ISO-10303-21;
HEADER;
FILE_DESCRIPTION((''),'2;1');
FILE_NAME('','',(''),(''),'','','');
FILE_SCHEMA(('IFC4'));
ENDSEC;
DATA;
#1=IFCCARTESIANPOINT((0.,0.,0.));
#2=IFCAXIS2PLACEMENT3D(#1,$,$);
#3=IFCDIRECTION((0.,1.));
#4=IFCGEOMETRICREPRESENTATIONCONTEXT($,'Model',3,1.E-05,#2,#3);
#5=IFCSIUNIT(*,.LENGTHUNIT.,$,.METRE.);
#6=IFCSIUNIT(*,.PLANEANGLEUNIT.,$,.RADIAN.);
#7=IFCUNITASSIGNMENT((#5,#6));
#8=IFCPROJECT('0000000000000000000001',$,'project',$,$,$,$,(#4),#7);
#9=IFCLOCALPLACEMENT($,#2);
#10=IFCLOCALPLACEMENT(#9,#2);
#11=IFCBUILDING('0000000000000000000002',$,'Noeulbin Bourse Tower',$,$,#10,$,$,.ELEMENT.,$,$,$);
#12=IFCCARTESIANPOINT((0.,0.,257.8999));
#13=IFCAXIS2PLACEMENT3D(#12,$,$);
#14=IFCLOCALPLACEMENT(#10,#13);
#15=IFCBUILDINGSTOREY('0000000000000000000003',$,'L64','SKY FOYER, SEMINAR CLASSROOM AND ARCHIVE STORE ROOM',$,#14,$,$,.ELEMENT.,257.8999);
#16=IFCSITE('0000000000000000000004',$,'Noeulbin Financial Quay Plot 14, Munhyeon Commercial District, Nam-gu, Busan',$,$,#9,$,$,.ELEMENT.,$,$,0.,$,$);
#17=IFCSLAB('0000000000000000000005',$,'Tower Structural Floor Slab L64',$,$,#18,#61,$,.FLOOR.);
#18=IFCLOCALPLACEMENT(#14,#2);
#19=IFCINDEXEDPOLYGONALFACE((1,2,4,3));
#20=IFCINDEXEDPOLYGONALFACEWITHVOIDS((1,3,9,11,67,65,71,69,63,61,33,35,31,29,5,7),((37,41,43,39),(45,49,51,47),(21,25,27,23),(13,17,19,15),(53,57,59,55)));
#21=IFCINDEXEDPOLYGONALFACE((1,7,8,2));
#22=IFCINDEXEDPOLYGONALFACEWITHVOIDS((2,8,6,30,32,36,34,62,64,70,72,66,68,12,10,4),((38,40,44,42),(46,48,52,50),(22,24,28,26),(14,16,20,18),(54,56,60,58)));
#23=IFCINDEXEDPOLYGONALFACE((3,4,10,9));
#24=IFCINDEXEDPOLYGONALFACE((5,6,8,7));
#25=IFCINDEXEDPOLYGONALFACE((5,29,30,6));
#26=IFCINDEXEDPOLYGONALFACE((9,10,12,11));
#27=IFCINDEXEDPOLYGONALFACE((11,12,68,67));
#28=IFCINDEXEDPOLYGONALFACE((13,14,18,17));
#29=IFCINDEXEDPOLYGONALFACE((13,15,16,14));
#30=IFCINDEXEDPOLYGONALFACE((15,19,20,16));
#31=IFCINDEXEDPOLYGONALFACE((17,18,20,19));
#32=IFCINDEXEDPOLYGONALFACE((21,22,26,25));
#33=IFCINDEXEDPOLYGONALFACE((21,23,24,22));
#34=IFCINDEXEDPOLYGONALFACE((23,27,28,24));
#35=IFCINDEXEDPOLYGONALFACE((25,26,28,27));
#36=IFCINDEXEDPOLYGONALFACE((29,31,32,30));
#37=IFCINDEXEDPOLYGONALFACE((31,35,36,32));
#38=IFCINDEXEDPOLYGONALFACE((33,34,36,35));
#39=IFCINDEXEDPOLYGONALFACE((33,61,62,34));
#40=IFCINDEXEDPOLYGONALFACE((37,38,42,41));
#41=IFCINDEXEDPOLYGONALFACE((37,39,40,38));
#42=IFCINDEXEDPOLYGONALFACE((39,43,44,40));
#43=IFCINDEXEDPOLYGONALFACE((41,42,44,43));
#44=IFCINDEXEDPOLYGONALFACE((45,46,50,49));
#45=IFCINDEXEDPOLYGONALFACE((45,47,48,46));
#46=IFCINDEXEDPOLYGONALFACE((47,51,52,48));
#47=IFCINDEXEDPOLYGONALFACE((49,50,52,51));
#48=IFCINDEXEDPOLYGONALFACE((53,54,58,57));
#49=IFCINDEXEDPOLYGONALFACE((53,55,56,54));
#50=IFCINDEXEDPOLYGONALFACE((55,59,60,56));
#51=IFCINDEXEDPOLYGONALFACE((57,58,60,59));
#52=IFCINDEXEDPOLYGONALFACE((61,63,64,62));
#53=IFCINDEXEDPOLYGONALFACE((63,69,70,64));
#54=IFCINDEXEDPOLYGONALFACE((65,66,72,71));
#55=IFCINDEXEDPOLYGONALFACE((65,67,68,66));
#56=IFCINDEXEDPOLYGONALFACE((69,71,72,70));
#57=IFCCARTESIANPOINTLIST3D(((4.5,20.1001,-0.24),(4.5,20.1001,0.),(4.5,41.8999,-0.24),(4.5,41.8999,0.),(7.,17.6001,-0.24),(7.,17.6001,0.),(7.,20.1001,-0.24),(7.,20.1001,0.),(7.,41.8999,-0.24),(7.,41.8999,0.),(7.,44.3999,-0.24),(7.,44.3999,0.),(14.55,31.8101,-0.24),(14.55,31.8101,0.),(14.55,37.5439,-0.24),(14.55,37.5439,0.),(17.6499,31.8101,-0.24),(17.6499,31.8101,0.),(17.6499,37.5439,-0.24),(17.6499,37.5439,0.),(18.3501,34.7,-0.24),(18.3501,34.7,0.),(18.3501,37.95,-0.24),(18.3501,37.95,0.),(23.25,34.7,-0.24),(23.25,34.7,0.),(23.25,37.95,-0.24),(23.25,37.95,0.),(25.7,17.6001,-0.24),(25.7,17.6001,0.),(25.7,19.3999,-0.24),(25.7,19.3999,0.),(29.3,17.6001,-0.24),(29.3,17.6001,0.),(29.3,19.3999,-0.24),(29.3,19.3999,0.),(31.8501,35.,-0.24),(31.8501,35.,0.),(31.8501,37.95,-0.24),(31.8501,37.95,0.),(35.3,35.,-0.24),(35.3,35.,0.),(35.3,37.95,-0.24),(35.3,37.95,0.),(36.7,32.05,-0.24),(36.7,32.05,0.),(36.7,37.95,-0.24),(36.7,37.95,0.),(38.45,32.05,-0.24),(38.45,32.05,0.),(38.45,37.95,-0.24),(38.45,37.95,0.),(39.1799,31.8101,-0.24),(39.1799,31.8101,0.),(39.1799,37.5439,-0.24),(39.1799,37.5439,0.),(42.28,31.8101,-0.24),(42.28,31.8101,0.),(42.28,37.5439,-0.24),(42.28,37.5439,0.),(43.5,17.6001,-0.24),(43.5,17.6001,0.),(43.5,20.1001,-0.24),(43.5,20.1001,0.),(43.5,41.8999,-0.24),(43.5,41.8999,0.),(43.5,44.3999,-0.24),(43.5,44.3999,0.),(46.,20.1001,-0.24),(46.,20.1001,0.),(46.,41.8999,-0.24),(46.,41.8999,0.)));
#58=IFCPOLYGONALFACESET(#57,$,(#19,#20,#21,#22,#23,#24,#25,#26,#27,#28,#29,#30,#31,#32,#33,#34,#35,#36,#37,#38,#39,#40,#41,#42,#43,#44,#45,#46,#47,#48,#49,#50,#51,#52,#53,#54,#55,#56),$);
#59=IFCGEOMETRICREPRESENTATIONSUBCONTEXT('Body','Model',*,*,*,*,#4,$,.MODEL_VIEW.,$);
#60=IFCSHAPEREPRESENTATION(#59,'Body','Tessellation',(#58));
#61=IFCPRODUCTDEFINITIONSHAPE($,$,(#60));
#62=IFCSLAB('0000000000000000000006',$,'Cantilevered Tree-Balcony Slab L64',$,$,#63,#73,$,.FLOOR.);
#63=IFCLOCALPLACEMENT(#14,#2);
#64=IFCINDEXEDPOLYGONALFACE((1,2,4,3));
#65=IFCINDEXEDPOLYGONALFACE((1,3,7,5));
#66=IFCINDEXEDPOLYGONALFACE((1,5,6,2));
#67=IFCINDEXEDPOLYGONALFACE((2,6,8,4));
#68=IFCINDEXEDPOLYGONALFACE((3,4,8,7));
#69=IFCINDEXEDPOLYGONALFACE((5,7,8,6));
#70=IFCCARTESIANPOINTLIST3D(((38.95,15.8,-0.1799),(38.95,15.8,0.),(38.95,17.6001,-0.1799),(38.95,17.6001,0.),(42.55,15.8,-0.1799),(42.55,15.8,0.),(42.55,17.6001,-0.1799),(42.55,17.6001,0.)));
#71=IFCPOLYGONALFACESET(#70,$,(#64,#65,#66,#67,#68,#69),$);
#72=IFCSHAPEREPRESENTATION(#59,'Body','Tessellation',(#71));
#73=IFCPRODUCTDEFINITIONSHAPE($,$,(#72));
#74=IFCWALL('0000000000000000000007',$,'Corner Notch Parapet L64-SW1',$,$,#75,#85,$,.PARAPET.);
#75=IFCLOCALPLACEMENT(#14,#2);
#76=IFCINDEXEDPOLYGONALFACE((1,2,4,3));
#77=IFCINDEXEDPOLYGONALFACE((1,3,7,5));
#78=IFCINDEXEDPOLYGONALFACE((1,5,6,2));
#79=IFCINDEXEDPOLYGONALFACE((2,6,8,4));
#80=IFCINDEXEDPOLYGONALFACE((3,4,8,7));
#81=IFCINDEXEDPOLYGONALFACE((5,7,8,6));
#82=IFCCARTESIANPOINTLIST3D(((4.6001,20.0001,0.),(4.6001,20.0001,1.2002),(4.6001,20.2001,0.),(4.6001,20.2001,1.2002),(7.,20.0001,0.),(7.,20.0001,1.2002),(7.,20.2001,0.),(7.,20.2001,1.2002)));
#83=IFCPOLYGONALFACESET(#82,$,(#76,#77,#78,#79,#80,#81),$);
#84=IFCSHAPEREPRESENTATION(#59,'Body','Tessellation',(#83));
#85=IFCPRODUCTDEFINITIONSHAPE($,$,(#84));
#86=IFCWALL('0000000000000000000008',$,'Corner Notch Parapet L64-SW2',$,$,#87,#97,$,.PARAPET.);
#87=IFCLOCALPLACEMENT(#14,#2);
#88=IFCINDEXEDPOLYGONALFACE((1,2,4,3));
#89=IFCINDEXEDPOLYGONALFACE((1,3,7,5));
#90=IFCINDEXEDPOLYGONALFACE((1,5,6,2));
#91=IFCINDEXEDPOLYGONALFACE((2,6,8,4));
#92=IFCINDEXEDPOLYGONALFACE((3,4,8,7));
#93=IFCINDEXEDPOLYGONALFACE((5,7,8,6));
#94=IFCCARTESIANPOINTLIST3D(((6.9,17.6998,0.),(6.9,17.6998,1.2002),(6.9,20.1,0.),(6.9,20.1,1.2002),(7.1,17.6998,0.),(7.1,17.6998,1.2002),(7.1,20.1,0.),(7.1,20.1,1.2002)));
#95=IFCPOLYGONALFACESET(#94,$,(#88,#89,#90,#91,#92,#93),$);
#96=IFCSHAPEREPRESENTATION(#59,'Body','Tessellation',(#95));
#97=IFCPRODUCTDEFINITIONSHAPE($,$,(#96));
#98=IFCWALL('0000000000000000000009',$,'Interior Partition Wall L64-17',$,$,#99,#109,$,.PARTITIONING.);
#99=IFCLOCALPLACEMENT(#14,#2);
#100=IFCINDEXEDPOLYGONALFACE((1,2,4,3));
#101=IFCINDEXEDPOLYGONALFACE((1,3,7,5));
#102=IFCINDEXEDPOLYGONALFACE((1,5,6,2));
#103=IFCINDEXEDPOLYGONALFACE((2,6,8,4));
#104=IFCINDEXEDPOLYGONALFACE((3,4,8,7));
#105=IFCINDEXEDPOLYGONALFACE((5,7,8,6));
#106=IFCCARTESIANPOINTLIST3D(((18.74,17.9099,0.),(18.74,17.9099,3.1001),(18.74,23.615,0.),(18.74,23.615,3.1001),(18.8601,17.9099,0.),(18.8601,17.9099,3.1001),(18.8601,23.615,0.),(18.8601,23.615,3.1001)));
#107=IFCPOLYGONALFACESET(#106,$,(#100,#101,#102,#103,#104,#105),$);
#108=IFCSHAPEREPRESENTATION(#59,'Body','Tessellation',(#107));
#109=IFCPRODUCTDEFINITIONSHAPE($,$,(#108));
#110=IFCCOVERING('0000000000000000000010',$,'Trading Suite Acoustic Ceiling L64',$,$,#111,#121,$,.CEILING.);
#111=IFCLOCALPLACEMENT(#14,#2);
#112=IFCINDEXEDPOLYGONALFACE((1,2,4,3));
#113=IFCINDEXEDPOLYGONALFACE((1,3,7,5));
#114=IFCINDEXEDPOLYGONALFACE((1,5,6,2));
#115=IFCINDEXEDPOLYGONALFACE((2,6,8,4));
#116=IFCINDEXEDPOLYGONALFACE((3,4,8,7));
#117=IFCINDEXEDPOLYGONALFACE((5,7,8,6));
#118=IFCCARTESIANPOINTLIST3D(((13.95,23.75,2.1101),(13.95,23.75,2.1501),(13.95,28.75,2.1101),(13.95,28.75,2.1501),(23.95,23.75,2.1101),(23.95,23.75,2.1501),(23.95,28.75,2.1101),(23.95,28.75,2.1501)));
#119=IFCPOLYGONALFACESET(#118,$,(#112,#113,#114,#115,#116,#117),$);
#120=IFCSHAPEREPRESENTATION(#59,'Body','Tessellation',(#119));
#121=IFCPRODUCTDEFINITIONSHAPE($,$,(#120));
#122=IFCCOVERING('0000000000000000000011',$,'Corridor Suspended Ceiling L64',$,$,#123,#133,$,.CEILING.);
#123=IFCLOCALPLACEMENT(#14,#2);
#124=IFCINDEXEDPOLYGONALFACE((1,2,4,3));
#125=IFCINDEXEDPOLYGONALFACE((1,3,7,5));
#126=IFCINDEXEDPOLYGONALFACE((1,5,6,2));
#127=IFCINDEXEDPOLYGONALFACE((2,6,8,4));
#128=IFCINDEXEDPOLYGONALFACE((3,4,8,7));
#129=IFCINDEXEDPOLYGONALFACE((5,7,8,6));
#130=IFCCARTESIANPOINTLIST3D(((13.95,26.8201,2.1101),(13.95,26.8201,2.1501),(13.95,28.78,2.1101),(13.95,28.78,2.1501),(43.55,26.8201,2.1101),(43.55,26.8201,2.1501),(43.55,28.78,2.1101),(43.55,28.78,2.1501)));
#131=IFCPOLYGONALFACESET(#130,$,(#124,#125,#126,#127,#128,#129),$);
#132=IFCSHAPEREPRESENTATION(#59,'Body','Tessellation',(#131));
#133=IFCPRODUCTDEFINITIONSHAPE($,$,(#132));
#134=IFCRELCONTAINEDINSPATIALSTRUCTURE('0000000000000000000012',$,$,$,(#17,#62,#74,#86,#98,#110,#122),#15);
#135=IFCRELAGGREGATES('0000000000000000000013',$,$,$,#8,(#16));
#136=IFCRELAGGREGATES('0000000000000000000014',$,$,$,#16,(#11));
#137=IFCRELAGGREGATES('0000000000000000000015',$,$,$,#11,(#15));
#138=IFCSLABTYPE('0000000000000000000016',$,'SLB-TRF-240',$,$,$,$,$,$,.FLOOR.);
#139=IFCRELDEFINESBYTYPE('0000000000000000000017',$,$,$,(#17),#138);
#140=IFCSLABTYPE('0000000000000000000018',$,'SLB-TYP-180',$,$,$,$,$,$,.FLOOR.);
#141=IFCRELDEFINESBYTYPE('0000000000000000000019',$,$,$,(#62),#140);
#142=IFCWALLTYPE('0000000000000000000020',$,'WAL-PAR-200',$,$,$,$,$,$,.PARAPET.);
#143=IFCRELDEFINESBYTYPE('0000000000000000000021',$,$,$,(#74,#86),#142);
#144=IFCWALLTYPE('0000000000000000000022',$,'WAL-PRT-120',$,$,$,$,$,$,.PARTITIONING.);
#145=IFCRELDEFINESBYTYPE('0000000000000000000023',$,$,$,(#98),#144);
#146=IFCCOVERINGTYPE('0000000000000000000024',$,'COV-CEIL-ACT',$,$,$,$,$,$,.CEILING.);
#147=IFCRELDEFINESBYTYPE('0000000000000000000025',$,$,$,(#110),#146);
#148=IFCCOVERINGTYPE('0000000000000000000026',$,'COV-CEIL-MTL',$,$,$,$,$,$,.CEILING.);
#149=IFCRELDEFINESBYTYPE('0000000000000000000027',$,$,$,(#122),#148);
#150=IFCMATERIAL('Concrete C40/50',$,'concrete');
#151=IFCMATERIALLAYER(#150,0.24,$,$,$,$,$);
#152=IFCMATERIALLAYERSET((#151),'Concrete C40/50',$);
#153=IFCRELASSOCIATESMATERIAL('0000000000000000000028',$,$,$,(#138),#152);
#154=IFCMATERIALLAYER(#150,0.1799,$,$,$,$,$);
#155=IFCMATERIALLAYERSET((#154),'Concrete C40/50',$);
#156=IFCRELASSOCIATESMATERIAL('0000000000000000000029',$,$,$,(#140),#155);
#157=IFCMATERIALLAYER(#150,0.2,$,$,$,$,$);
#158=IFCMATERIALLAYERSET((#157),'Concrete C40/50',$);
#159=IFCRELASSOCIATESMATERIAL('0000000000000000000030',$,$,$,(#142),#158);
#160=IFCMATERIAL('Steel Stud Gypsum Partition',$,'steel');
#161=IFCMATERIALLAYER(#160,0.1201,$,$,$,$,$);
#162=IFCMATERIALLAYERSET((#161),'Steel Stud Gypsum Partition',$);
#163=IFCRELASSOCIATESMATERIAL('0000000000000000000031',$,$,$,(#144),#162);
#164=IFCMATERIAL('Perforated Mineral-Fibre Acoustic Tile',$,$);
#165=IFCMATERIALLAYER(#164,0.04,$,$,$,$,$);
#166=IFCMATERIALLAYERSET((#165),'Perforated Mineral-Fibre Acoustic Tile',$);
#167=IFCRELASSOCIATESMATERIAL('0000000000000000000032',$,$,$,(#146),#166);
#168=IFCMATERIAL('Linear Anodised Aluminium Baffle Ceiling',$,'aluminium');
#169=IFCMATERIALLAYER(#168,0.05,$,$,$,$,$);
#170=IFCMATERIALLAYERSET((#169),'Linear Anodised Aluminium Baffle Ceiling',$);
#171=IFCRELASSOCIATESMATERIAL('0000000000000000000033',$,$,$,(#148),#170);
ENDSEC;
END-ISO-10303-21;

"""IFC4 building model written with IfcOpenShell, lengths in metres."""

from ifc_helpers import new_model, si_unit, direction, frame, frame_2d, origin, place, context, subcontext, project, spatial, polyline, rectangle, outline, extrude, material, layer, layer_set, type_object, element, save


model = new_model("IFC4")

# Units and contexts
model_context = context("Model", 3, precision=1e-05, world=origin(), true_north=direction((0.0, 1.0)))
body_context = subcontext(model_context, "Body", "Model", "MODEL_VIEW")
ifc_project = project(units=[si_unit("LENGTHUNIT", "METRE"), si_unit("PLANEANGLEUNIT", "RADIAN")], contexts=[model_context])

# Site, building, storey
site_placement = place(None, origin())
site = spatial("IfcSite", under=ifc_project, at=site_placement, Name="Noeulbin Financial Quay Plot 14, Munhyeon Commercial District, Nam-gu, Busan", CompositionType="ELEMENT", RefElevation=0.0)
building_placement = place(site_placement, origin())
building = spatial("IfcBuilding", under=site, at=building_placement, Name="Noeulbin Bourse Tower", CompositionType="ELEMENT")
storey_placement = place(building_placement, frame((0.0, 0.0, 257.8999)))
storey = spatial("IfcBuildingStorey", under=building, at=storey_placement, Name="L64", Description="SKY FOYER, SEMINAR CLASSROOM AND ARCHIVE STORE ROOM", CompositionType="ELEMENT", Elevation=257.8999)

# Shared definitions
ifc_material_1 = material(Name="Concrete C40/50", Category="concrete")

# Slab, openings
ifc_layer_1 = layer(ifc_material_1, 0.24)
ifc_layer_set_1 = layer_set([ifc_layer_1], Name="Concrete C40/50")
slab_type_1 = type_object("IfcSlabType", Name="SLB-TRF-240", PredefinedType="FLOOR", material=ifc_layer_set_1)
slab_1_placement = place(storey_placement, frame((0.0, 0.0, -0.24)))
slab_1 = element("IfcSlab", 1, at=slab_1_placement, inside=storey, type_object=slab_type_1, Name="Tower Structural Floor Slab L64", PredefinedType="FLOOR", context=body_context, shape_type="SweptSolid", body=[
    extrude(outline(polyline([(7.0, 17.6001), (25.7, 17.6001), (25.7, 19.3999), (29.3, 19.3999), (29.3, 17.6001), (43.5, 17.6001), (43.5, 20.1001), (46.0, 20.1001), (46.0, 41.8999), (43.5, 41.8999), (43.5, 44.3999), (7.0, 44.3999), (7.0, 41.8999), (4.5, 41.8999), (4.5, 20.1001), (7.0, 20.1001), (7.0, 17.6001)]), holes=[polyline([(17.6499, 31.8101), (17.6499, 37.5439), (14.55, 37.5439), (14.55, 31.8101), (17.6499, 31.8101)]), polyline([(42.28, 31.8101), (42.28, 37.5439), (39.1799, 37.5439), (39.1799, 31.8101), (42.28, 31.8101)]), polyline([(18.3501, 34.7), (23.25, 34.7), (23.25, 37.95), (18.3501, 37.95), (18.3501, 34.7)]), polyline([(36.7, 32.05), (38.45, 32.05), (38.45, 37.95), (36.7, 37.95), (36.7, 32.05)]), polyline([(31.8501, 35.0), (35.3, 35.0), (35.3, 37.95), (31.8501, 37.95), (31.8501, 35.0)])]), origin(), (0.0, 0.0, 1.0), 0.24),
])
opening_1_placement = place(slab_1_placement, frame((0.0, 0.0, -0.01)))
element("IfcOpeningElement", 2, at=opening_1_placement, cuts=slab_1, PredefinedType="OPENING", context=body_context, shape_type="SweptSolid", body=[
    extrude(outline(polyline([(17.6499, 31.8101), (17.6499, 37.5439), (14.55, 37.5439), (14.55, 31.8101), (17.6499, 31.8101)])), origin(), (0.0, 0.0, 1.0), 0.26),
])
opening_2_placement = place(slab_1_placement, frame((0.0, 0.0, -0.01)))
element("IfcOpeningElement", 3, at=opening_2_placement, cuts=slab_1, PredefinedType="OPENING", context=body_context, shape_type="SweptSolid", body=[
    extrude(outline(polyline([(42.28, 31.8101), (42.28, 37.5439), (39.1799, 37.5439), (39.1799, 31.8101), (42.28, 31.8101)])), origin(), (0.0, 0.0, 1.0), 0.26),
])
opening_3_placement = place(slab_1_placement, frame((0.0, 0.0, -0.01)))
element("IfcOpeningElement", 4, at=opening_3_placement, cuts=slab_1, PredefinedType="OPENING", context=body_context, shape_type="SweptSolid", body=[
    extrude(outline(polyline([(18.3501, 34.7), (23.25, 34.7), (23.25, 37.95), (18.3501, 37.95), (18.3501, 34.7)])), origin(), (0.0, 0.0, 1.0), 0.26),
])
opening_4_placement = place(slab_1_placement, frame((0.0, 0.0, -0.01)))
element("IfcOpeningElement", 5, at=opening_4_placement, cuts=slab_1, PredefinedType="OPENING", context=body_context, shape_type="SweptSolid", body=[
    extrude(outline(polyline([(36.7, 32.05), (38.45, 32.05), (38.45, 37.95), (36.7, 37.95), (36.7, 32.05)])), origin(), (0.0, 0.0, 1.0), 0.26),
])
opening_5_placement = place(slab_1_placement, frame((0.0, 0.0, -0.01)))
element("IfcOpeningElement", 6, at=opening_5_placement, cuts=slab_1, PredefinedType="OPENING", context=body_context, shape_type="SweptSolid", body=[
    extrude(outline(polyline([(31.8501, 35.0), (35.3, 35.0), (35.3, 37.95), (31.8501, 37.95), (31.8501, 35.0)])), origin(), (0.0, 0.0, 1.0), 0.26),
])

# Slab
ifc_layer_2 = layer(ifc_material_1, 0.1799)
ifc_layer_set_2 = layer_set([ifc_layer_2], Name="Concrete C40/50")
slab_type_2 = type_object("IfcSlabType", Name="SLB-TYP-180", PredefinedType="FLOOR", material=ifc_layer_set_2)
slab_2_placement = place(storey_placement, frame((0.0, 0.0, -0.1799)))
element("IfcSlab", 7, at=slab_2_placement, inside=storey, type_object=slab_type_2, Name="Cantilevered Tree-Balcony Slab L64", PredefinedType="FLOOR", context=body_context, shape_type="SweptSolid", body=[
    extrude(outline(polyline([(38.95, 15.8), (42.55, 15.8), (42.55, 17.6001), (38.95, 17.6001), (38.95, 15.8)])), origin(), (0.0, 0.0, 1.0), 0.1799),
])

# Walls
ifc_layer_3 = layer(ifc_material_1, 0.2)
ifc_layer_set_3 = layer_set([ifc_layer_3], Name="Concrete C40/50")
wall_type_1 = type_object("IfcWallType", Name="WAL-PAR-200", PredefinedType="PARAPET", material=ifc_layer_set_3)
wall_1_placement = place(storey_placement, frame((4.6001, 20.1001, 0.0), z_axis=(0.0, 0.0, 1.0), x_axis=(1.0, 0.0, 0.0)))
element("IfcWall", 8, at=wall_1_placement, inside=storey, type_object=wall_type_1, Name="Corner Notch Parapet L64-SW1", PredefinedType="PARAPET", context=body_context, shape_type="SweptSolid", body=[
    extrude(rectangle(XDim=2.3999, YDim=0.2, at=frame_2d((1.2, 0.0))), origin(), (0.0, 0.0, 1.0), 1.2002),
])
wall_2_placement = place(storey_placement, frame((7.0, 20.1001, 0.0), z_axis=(0.0, 0.0, 1.0), x_axis=(0.0, -1.0, 0.0)))
element("IfcWall", 9, at=wall_2_placement, inside=storey, type_object=wall_type_1, Name="Corner Notch Parapet L64-SW2", PredefinedType="PARAPET", context=body_context, shape_type="SweptSolid", body=[
    extrude(rectangle(XDim=2.4001, YDim=0.2, at=frame_2d((1.2002, 0.0))), origin(), (0.0, 0.0, 1.0), 1.2002),
])
ifc_material_2 = material(Name="Steel Stud Gypsum Partition", Category="steel")
ifc_layer_4 = layer(ifc_material_2, 0.1201)
ifc_layer_set_4 = layer_set([ifc_layer_4], Name="Steel Stud Gypsum Partition")
wall_type_2 = type_object("IfcWallType", Name="WAL-PRT-120", PredefinedType="PARTITIONING", material=ifc_layer_set_4)
wall_3_placement = place(storey_placement, frame((18.8, 17.9099, 0.0), z_axis=(0.0, 0.0, 1.0), x_axis=(0.0, 1.0, 0.0)))
element("IfcWall", 10, at=wall_3_placement, inside=storey, type_object=wall_type_2, Name="Interior Partition Wall L64-17", PredefinedType="PARTITIONING", context=body_context, shape_type="SweptSolid", body=[
    extrude(rectangle(XDim=5.7051, YDim=0.1201, at=frame_2d((2.8525, 0.0))), origin(), (0.0, 0.0, 1.0), 3.1001),
])

# Coverings
ifc_material_3 = material(Name="Perforated Mineral-Fibre Acoustic Tile")
ifc_layer_5 = layer(ifc_material_3, 0.04)
ifc_layer_set_5 = layer_set([ifc_layer_5], Name="Perforated Mineral-Fibre Acoustic Tile")
covering_type_1 = type_object("IfcCoveringType", Name="COV-CEIL-ACT", PredefinedType="CEILING", material=ifc_layer_set_5)
covering_1_placement = place(storey_placement, frame((0.0, 0.0, 2.1101)))
element("IfcCovering", 11, at=covering_1_placement, inside=storey, type_object=covering_type_1, Name="Trading Suite Acoustic Ceiling L64", PredefinedType="CEILING", context=body_context, shape_type="SweptSolid", body=[
    extrude(outline(polyline([(13.95, 23.75), (23.95, 23.75), (23.95, 28.75), (13.95, 28.75), (13.95, 23.75)])), origin(), (0.0, 0.0, 1.0), 0.04),
])
ifc_material_4 = material(Name="Linear Anodised Aluminium Baffle Ceiling", Category="aluminium")
ifc_layer_6 = layer(ifc_material_4, 0.05)
ifc_layer_set_6 = layer_set([ifc_layer_6], Name="Linear Anodised Aluminium Baffle Ceiling")
covering_type_2 = type_object("IfcCoveringType", Name="COV-CEIL-MTL", PredefinedType="CEILING", material=ifc_layer_set_6)
covering_2_placement = place(storey_placement, frame((0.0, 0.0, 2.1101)))
element("IfcCovering", 12, at=covering_2_placement, inside=storey, type_object=covering_type_2, Name="Corridor Suspended Ceiling L64", PredefinedType="CEILING", context=body_context, shape_type="SweptSolid", body=[
    extrude(outline(polyline([(13.95, 26.8201), (43.55, 26.8201), (43.55, 28.78), (13.95, 28.78), (13.95, 26.8201)])), origin(), (0.0, 0.0, 1.0), 0.04),
])

save(model, "model.ifc")
